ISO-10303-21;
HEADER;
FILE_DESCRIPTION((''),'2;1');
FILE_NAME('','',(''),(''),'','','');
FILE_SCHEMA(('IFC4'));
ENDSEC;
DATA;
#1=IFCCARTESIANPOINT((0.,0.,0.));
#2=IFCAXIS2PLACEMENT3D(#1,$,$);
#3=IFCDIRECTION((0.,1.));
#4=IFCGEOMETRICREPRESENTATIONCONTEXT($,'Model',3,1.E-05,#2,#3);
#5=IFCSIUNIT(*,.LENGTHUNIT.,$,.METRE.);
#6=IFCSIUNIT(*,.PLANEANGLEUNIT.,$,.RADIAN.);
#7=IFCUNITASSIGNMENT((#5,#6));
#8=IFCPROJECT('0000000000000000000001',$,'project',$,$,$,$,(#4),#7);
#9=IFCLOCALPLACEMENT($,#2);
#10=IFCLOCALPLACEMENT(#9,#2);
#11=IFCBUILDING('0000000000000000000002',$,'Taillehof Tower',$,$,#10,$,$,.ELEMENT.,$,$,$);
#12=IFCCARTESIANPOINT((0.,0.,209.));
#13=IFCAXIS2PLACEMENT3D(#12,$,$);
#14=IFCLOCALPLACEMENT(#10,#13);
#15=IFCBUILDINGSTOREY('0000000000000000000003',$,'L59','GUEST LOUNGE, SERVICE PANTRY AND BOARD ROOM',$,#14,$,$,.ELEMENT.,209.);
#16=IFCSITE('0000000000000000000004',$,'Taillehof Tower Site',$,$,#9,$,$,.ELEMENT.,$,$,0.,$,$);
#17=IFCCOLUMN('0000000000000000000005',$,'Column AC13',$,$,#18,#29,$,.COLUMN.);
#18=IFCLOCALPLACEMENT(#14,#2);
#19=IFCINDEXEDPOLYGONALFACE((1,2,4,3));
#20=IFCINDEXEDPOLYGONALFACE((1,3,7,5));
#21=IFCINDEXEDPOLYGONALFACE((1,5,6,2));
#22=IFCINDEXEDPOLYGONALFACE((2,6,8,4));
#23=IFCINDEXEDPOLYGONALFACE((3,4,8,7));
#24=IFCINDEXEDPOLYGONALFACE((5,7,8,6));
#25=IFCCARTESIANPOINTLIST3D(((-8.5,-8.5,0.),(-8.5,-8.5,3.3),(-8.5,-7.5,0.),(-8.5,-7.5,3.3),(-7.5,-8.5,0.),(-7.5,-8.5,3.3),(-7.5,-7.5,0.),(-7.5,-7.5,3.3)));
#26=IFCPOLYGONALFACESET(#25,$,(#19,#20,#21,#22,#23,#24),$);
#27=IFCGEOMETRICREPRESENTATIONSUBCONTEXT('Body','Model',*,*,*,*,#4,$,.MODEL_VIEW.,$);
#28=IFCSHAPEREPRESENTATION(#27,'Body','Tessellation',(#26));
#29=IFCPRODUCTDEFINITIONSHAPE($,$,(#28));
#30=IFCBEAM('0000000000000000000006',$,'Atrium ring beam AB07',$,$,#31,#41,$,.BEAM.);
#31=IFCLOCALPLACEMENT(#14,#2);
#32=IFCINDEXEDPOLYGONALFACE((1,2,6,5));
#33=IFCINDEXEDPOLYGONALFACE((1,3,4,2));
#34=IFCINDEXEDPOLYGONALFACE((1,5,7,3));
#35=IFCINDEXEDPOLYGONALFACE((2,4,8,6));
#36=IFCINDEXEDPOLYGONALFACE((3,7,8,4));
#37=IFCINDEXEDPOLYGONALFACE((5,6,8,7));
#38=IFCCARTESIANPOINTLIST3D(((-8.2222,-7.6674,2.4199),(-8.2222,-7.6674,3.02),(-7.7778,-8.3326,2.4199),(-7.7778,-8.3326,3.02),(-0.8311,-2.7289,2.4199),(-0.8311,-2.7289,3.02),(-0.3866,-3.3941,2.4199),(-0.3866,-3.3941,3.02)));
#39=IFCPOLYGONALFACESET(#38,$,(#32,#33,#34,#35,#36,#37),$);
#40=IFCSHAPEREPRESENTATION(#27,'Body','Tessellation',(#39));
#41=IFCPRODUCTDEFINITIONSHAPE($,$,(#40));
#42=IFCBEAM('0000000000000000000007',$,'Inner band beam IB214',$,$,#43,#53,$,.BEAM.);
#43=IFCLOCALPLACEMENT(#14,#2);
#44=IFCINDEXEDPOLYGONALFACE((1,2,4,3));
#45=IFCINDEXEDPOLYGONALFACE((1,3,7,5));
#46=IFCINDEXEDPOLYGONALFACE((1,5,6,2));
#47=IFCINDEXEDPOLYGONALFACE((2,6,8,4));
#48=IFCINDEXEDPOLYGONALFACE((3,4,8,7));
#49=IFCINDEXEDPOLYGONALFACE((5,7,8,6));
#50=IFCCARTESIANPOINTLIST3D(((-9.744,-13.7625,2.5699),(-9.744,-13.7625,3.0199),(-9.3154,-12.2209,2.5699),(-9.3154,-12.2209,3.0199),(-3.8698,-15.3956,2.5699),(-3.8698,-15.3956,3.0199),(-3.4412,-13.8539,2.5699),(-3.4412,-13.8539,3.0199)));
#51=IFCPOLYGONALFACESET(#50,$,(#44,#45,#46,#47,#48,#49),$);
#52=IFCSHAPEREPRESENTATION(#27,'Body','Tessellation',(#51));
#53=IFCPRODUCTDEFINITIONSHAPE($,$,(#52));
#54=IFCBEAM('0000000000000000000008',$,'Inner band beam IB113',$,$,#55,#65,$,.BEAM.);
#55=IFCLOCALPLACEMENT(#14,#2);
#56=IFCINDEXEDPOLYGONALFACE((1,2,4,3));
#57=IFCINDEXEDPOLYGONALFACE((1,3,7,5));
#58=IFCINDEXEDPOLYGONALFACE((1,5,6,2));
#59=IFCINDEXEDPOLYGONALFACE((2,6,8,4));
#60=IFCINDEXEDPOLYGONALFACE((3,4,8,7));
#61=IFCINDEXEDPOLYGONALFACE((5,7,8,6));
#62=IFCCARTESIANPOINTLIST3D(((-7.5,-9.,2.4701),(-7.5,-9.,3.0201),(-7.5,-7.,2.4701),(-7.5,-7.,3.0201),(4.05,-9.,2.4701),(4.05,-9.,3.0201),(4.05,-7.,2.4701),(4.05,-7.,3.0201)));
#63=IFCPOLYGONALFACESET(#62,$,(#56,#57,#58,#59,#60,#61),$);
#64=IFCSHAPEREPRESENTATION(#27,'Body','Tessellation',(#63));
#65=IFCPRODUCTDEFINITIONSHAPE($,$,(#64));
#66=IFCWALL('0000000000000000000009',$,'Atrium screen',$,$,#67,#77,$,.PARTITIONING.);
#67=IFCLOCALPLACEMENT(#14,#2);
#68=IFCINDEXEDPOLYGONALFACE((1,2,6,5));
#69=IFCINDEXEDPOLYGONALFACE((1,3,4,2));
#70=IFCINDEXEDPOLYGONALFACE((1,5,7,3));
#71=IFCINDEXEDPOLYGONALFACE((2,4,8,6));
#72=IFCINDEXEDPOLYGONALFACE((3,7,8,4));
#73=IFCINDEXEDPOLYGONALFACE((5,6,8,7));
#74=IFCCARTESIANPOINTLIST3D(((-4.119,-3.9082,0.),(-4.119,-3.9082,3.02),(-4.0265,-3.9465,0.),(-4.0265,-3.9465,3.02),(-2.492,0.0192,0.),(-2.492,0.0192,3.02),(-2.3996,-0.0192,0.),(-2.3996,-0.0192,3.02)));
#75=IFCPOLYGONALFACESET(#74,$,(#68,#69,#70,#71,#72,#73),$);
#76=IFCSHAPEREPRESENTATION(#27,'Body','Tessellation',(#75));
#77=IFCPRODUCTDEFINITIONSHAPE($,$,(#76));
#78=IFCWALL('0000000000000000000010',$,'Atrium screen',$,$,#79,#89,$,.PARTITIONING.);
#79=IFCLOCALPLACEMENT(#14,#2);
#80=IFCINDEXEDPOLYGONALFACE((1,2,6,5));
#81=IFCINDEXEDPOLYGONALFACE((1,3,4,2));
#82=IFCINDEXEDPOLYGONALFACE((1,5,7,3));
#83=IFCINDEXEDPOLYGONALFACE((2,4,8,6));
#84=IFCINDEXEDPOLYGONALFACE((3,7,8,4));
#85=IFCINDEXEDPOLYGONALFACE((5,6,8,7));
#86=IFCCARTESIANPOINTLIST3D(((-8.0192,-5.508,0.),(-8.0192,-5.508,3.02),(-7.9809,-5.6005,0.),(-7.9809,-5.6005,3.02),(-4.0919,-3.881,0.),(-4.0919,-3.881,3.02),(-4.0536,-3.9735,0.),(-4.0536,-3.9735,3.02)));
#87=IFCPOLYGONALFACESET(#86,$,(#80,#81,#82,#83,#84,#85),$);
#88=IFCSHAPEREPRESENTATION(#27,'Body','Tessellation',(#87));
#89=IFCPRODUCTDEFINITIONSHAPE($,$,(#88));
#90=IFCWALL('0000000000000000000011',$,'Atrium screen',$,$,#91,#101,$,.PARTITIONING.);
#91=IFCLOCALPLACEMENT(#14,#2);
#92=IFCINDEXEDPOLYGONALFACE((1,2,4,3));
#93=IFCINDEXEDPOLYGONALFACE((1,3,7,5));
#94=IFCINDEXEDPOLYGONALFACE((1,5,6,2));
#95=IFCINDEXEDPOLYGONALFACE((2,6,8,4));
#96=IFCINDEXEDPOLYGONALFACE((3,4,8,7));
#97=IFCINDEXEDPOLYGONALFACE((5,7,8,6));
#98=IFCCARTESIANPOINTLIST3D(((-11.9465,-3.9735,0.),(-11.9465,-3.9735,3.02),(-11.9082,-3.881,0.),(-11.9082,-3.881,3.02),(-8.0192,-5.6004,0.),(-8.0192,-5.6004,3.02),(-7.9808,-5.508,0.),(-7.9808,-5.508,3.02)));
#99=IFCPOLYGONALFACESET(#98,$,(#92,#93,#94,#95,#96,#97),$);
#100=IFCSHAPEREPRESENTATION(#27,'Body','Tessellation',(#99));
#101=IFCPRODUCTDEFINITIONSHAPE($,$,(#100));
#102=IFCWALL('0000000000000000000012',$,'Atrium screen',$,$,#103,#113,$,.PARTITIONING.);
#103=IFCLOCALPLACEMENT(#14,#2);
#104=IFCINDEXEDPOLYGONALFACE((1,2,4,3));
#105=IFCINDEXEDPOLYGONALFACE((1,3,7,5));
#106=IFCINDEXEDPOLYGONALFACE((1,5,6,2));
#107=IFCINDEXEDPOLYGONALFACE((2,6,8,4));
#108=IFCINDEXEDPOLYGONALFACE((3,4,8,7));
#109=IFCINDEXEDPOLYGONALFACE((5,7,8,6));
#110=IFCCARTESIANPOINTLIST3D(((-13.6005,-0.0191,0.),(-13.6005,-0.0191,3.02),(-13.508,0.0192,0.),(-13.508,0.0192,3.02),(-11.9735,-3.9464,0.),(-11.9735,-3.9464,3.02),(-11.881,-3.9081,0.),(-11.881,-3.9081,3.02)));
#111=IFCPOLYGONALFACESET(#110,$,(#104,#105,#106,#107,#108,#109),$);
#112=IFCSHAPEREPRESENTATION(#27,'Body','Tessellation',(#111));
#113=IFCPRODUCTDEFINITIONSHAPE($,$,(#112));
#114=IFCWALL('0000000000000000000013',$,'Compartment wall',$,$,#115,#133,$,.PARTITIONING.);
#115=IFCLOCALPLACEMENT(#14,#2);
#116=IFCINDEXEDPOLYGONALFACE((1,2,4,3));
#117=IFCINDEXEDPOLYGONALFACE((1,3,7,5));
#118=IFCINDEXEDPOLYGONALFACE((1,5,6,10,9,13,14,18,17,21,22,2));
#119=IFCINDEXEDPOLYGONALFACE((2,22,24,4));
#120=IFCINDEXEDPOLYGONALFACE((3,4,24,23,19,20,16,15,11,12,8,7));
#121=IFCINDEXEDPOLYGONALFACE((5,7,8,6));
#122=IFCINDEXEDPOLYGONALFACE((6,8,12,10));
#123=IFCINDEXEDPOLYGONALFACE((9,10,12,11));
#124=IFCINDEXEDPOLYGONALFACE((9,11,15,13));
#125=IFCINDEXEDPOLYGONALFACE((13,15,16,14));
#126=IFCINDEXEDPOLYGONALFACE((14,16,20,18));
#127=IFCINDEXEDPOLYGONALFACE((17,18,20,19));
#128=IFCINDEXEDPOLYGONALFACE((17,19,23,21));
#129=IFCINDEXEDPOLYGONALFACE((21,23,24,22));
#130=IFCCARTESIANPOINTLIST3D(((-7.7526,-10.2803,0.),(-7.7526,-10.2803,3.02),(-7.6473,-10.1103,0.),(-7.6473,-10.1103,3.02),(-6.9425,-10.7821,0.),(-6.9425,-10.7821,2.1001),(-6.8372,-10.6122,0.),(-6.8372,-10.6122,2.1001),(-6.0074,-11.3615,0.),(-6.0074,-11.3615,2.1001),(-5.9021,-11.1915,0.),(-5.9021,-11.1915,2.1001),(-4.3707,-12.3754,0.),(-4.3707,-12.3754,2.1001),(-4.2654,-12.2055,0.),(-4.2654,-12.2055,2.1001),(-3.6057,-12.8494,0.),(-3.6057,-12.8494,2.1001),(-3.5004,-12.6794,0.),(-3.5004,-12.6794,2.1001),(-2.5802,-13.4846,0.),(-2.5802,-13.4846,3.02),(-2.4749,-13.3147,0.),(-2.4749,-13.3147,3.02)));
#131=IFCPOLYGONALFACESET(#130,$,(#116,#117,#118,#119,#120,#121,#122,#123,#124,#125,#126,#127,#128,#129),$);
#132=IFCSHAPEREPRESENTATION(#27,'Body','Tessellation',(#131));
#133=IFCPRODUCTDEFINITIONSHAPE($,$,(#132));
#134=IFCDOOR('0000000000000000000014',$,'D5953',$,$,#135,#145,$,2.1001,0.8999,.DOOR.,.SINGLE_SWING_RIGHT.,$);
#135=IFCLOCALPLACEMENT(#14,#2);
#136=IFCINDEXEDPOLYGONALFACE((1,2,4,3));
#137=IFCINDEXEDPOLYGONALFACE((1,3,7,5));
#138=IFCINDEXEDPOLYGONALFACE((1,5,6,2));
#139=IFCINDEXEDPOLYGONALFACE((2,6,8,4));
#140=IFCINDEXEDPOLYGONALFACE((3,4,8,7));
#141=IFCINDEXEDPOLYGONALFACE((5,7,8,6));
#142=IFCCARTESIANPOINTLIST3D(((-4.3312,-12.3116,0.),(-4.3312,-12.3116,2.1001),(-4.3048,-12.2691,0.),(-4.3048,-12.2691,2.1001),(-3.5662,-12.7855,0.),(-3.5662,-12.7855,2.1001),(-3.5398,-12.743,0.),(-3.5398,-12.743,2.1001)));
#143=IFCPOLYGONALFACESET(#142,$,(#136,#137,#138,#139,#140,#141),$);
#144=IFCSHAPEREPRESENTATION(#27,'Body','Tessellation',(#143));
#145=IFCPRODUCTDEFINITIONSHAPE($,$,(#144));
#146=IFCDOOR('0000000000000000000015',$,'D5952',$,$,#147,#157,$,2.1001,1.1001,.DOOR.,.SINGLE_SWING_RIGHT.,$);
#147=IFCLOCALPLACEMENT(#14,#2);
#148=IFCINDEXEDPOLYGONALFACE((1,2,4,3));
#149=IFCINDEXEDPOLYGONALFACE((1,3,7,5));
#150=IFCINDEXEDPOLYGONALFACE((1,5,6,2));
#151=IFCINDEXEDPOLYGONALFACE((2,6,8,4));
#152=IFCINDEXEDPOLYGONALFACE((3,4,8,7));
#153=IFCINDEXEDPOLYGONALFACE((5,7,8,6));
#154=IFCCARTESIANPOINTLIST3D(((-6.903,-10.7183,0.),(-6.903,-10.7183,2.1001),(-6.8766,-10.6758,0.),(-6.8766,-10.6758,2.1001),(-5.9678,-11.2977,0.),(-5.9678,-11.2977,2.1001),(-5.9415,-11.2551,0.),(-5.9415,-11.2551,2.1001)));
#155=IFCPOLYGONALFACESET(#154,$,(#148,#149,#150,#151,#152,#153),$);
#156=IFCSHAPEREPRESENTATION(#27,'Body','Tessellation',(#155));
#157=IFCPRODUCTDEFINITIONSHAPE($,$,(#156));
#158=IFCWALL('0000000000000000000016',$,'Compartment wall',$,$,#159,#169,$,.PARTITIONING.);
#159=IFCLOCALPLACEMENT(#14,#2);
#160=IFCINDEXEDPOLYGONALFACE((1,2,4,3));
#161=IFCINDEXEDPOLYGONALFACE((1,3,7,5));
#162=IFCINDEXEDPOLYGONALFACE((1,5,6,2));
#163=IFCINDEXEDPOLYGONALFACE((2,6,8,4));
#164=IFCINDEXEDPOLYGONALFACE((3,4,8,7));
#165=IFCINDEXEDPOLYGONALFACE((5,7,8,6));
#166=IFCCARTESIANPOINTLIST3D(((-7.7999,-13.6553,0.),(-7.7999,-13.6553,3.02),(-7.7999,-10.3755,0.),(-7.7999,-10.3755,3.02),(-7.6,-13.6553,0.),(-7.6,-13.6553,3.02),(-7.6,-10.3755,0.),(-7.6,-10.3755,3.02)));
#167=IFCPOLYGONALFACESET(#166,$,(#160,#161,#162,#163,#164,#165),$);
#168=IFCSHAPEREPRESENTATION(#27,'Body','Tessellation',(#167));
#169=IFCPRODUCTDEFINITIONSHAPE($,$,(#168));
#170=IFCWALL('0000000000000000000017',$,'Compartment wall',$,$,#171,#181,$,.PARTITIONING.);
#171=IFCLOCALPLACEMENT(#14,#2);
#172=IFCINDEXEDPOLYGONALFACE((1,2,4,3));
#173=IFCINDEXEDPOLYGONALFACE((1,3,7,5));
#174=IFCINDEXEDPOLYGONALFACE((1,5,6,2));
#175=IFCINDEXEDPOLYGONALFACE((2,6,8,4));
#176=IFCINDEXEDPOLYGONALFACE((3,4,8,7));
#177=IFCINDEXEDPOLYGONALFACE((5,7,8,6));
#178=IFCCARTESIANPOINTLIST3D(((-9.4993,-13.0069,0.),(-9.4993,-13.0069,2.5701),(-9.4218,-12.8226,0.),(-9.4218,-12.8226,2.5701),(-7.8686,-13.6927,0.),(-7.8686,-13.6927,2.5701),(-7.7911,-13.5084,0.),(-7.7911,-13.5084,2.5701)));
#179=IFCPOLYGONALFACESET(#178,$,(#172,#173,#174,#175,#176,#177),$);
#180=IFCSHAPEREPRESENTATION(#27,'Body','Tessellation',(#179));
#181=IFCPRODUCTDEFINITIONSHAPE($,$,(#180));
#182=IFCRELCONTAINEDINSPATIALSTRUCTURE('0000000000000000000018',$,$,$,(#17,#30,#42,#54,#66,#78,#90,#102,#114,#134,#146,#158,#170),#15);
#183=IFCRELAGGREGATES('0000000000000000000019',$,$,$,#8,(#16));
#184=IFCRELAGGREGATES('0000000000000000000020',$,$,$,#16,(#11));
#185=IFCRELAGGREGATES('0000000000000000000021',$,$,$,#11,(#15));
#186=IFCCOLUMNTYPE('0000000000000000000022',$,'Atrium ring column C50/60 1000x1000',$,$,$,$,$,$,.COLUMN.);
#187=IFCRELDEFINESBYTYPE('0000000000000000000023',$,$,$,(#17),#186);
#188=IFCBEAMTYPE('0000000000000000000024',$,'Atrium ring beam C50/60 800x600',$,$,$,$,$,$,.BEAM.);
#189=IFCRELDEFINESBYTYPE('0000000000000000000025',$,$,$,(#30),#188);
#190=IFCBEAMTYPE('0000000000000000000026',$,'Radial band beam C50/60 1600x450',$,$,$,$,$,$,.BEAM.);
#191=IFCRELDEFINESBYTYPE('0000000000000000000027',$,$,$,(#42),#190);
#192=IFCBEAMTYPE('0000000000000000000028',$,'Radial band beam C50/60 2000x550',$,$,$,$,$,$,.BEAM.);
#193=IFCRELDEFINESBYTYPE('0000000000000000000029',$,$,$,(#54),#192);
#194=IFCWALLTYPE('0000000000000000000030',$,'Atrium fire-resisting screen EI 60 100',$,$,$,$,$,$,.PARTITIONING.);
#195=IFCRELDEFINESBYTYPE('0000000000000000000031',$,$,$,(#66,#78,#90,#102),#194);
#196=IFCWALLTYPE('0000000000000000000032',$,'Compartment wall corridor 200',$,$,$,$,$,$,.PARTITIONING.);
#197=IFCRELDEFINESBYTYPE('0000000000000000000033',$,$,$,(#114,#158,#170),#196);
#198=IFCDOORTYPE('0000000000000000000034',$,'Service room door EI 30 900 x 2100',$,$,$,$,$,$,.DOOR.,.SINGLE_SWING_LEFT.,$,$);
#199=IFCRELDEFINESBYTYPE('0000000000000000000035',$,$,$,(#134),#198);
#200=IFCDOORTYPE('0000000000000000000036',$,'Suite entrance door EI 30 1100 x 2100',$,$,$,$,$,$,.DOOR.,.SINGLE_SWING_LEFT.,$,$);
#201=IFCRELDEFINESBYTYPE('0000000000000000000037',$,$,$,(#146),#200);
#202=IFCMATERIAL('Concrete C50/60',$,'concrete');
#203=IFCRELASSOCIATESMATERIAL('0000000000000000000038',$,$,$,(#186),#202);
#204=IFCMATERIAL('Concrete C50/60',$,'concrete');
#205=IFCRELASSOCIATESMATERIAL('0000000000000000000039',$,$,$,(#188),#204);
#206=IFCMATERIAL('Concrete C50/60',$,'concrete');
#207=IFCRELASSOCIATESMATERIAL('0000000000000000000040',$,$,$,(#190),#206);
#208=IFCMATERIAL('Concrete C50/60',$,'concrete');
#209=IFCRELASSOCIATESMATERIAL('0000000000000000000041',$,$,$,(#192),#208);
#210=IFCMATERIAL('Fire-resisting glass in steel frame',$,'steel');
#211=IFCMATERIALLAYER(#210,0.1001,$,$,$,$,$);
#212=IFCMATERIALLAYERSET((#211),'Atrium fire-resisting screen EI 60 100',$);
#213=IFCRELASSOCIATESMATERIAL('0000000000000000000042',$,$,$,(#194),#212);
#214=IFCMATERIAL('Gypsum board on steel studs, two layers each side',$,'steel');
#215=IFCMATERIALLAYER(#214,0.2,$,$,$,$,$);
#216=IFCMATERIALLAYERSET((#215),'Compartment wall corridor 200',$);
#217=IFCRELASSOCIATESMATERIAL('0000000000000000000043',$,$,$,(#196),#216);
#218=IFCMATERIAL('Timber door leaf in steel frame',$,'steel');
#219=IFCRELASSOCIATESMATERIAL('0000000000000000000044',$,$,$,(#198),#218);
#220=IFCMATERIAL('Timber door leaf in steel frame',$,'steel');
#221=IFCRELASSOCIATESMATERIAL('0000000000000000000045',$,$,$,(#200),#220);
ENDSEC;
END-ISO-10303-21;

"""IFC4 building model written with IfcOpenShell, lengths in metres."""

from ifc_helpers import new_model, si_unit, direction, frame, frame_2d, origin, origin_2d, place, context, subcontext, project, spatial, rectangle, extrude, material, layer, layer_set, material_profile, profile_set, type_object, element, fill, save


model = new_model("IFC4")

# Units and contexts
model_context = context("Model", 3, precision=1e-05, world=origin(), true_north=direction((0.0, 1.0)))
body_context = subcontext(model_context, "Body", "Model", "MODEL_VIEW")
ifc_project = project(units=[si_unit("LENGTHUNIT", "METRE"), si_unit("PLANEANGLEUNIT", "RADIAN")], contexts=[model_context])

# Site, building, storey
site_placement = place(None, origin())
site = spatial("IfcSite", under=ifc_project, at=site_placement, Name="Taillehof Tower Site", CompositionType="ELEMENT", RefElevation=0.0)
building_placement = place(site_placement, origin())
building = spatial("IfcBuilding", under=site, at=building_placement, Name="Taillehof Tower", CompositionType="ELEMENT")
storey_placement = place(building_placement, frame((0.0, 0.0, 209.0)))
storey = spatial("IfcBuildingStorey", under=building, at=storey_placement, Name="L59", Description="GUEST LOUNGE, SERVICE PANTRY AND BOARD ROOM", CompositionType="ELEMENT", Elevation=209.0)

# Column
ifc_material_1 = material(Name="Concrete C50/60", Category="concrete")
ifc_material_profile_1 = material_profile(ifc_material_1, rectangle(XDim=1.0, YDim=1.0, at=origin_2d()), Name="RC 1000x1000")
ifc_profile_set_1 = profile_set([ifc_material_profile_1], Name="Concrete C50/60")
column_type = type_object("IfcColumnType", Name="Atrium ring column C50/60 1000x1000", PredefinedType="COLUMN", material=ifc_profile_set_1)
column_placement = place(storey_placement, frame((-8.0, -8.0, 0.0), z_axis=(0.0, 0.0, 1.0), x_axis=(1.0, 0.0, 0.0)))
element("IfcColumn", 1, at=column_placement, inside=storey, type_object=column_type, Name="Column AC13", PredefinedType="COLUMN", context=body_context, shape_type="SweptSolid", body=[
    extrude(rectangle(XDim=1.0, YDim=1.0, at=origin_2d()), origin(), (0.0, 0.0, 1.0), 3.3),
])

# Beams
ifc_material_2 = material(Name="Concrete C50/60", Category="concrete")
ifc_material_profile_2 = material_profile(ifc_material_2, rectangle(XDim=0.8, YDim=0.6001, at=origin_2d()), Name="RC 800x600")
ifc_profile_set_2 = profile_set([ifc_material_profile_2], Name="Concrete C50/60")
beam_type_1 = type_object("IfcBeamType", Name="Atrium ring beam C50/60 800x600", PredefinedType="BEAM", material=ifc_profile_set_2)
beam_1_placement = place(storey_placement, frame((-8.0, -8.0, 2.72), z_axis=(0.831475, 0.555562, 0.0), x_axis=(-0.555562, 0.831475, 0.0)))
element("IfcBeam", 2, at=beam_1_placement, inside=storey, type_object=beam_type_1, Name="Atrium ring beam AB07", PredefinedType="BEAM", context=body_context, shape_type="SweptSolid", body=[
    extrude(rectangle(XDim=0.8, YDim=0.6001, at=origin_2d()), origin(), (0.0, 0.0, 1.0), 8.8892),
])
ifc_material_3 = material(Name="Concrete C50/60", Category="concrete")
ifc_material_profile_3 = material_profile(ifc_material_3, rectangle(XDim=1.6001, YDim=0.45, at=origin_2d()), Name="RC 1600x450")
ifc_profile_set_3 = profile_set([ifc_material_profile_3], Name="Concrete C50/60")
beam_type_2 = type_object("IfcBeamType", Name="Radial band beam C50/60 1600x450", PredefinedType="BEAM", material=ifc_profile_set_3)
beam_2_placement = place(storey_placement, frame((-3.6555, -14.6248, 2.7949), z_axis=(-0.963459, 0.267855, 0.0), x_axis=(-0.267855, -0.963459, 0.0)))
element("IfcBeam", 3, at=beam_2_placement, inside=storey, type_object=beam_type_2, Name="Inner band beam IB214", PredefinedType="BEAM", context=body_context, shape_type="SweptSolid", body=[
    extrude(rectangle(XDim=1.6001, YDim=0.45, at=origin_2d()), origin(), (0.0, 0.0, 1.0), 6.0969),
])
ifc_material_4 = material(Name="Concrete C50/60", Category="concrete")
ifc_material_profile_4 = material_profile(ifc_material_4, rectangle(XDim=2.0, YDim=0.55, at=origin_2d()), Name="RC 2000x550")
ifc_profile_set_4 = profile_set([ifc_material_profile_4], Name="Concrete C50/60")
beam_type_3 = type_object("IfcBeamType", Name="Radial band beam C50/60 2000x550", PredefinedType="BEAM", material=ifc_profile_set_4)
beam_3_placement = place(storey_placement, frame((-7.5, -8.0, 2.7451), z_axis=(1.0, 0.0, 0.0), x_axis=(0.0, 1.0, 0.0)))
element("IfcBeam", 4, at=beam_3_placement, inside=storey, type_object=beam_type_3, Name="Inner band beam IB113", PredefinedType="BEAM", context=body_context, shape_type="SweptSolid", body=[
    extrude(rectangle(XDim=2.0, YDim=0.55, at=origin_2d()), origin(), (0.0, 0.0, 1.0), 11.55),
])

# Walls
ifc_material_5 = material(Name="Fire-resisting glass in steel frame", Category="steel")
ifc_layer_1 = layer(ifc_material_5, 0.1001)
ifc_layer_set_1 = layer_set([ifc_layer_1], Name="Atrium fire-resisting screen EI 60 100")
wall_type_1 = type_object("IfcWallType", Name="Atrium fire-resisting screen EI 60 100", PredefinedType="PARTITIONING", material=ifc_layer_set_1)
for number, where, z_axis, x_axis, name in (
    (5, (-2.4458, 0.0, 0.0), (0.0, 0.0, 1.0), (-0.382731, -0.92386, 0.0), "Atrium screen"),
    (6, (-4.0728, -3.9272, 0.0), (0.0, 0.0, 1.0), (-0.92386, -0.382731, 0.0), "Atrium screen"),
    (7, (-8.0, -5.5542, 0.0), (0.0, 0.0, 1.0), (-0.92386, 0.382731, 0.0), "Atrium screen"),
    (8, (-11.9272, -3.9272, 0.0), (0.0, 0.0, 1.0), (-0.382731, 0.92386, 0.0), "Atrium screen"),
):
    element("IfcWall", number, at=place(storey_placement, frame(where, z_axis=z_axis, x_axis=x_axis)), inside=storey, type_object=wall_type_1, Name=name, PredefinedType="PARTITIONING", context=body_context, shape_type="SweptSolid", body=[
        extrude(rectangle(XDim=4.251, YDim=0.1001, at=frame_2d((2.1255, 0.0))), origin(), (0.0, 0.0, 1.0), 3.02),
    ])

# Wall, openings, doors
ifc_material_6 = material(Name="Gypsum board on steel studs, two layers each side", Category="steel")
ifc_layer_2 = layer(ifc_material_6, 0.2)
ifc_layer_set_2 = layer_set([ifc_layer_2], Name="Compartment wall corridor 200")
wall_type_2 = type_object("IfcWallType", Name="Compartment wall corridor 200", PredefinedType="PARTITIONING", material=ifc_layer_set_2)
wall_1_placement = place(storey_placement, frame((-2.5276, -13.3997, 0.0), z_axis=(0.0, 0.0, 1.0), x_axis=(-0.850088, 0.526641, 0.0)))
wall_1 = element("IfcWall", 9, at=wall_1_placement, inside=storey, type_object=wall_type_2, Name="Compartment wall", PredefinedType="PARTITIONING", context=body_context, shape_type="SweptSolid", body=[
    extrude(rectangle(XDim=6.0845, YDim=0.2, at=frame_2d((3.0422, 0.0))), origin(), (0.0, 0.0, 1.0), 3.02),
])
opening_1_placement = place(wall_1_placement, frame((4.0315, 0.0, 0.0)))
opening_1 = element("IfcOpeningElement", 10, at=opening_1_placement, cuts=wall_1, PredefinedType="OPENING", context=body_context, shape_type="SweptSolid", body=[
    extrude(rectangle(XDim=1.1001, YDim=2.1001, at=frame_2d((0.55, 1.05))), frame((0.0, 0.1099, 0.0), z_axis=(0.0, -1.0, 0.0), x_axis=(1.0, 0.0, 0.0)), (0.0, 0.0, 1.0), 0.22),
])
opening_2_placement = place(wall_1_placement, frame((1.2063, 0.0, 0.0)))
opening_2 = element("IfcOpeningElement", 11, at=opening_2_placement, cuts=wall_1, PredefinedType="OPENING", context=body_context, shape_type="SweptSolid", body=[
    extrude(rectangle(XDim=0.8999, YDim=2.1001, at=frame_2d((0.45, 1.05))), frame((0.0, 0.1099, 0.0), z_axis=(0.0, -1.0, 0.0), x_axis=(1.0, 0.0, 0.0)), (0.0, 0.0, 1.0), 0.22),
])
ifc_material_7 = material(Name="Timber door leaf in steel frame", Category="steel")
door_type_1 = type_object("IfcDoorType", Name="Service room door EI 30 900 x 2100", OperationType="SINGLE_SWING_LEFT", PredefinedType="DOOR", material=ifc_material_7)
door_1_placement = place(opening_2_placement, origin())
door_1 = element("IfcDoor", 12, at=door_1_placement, inside=storey, type_object=door_type_1, Name="D5953", OperationType="SINGLE_SWING_RIGHT", OverallHeight=2.1001, OverallWidth=0.8999, PredefinedType="DOOR", context=body_context, shape_type="SweptSolid", body=[
    extrude(rectangle(XDim=0.8999, YDim=2.1001, at=frame_2d((0.45, 1.05))), frame((0.0, 0.0249, 0.0), z_axis=(0.0, -1.0, 0.0), x_axis=(1.0, 0.0, 0.0)), (0.0, 0.0, 1.0), 0.05),
])
fill(opening_2, door_1)
ifc_material_8 = material(Name="Timber door leaf in steel frame", Category="steel")
door_type_2 = type_object("IfcDoorType", Name="Suite entrance door EI 30 1100 x 2100", OperationType="SINGLE_SWING_LEFT", PredefinedType="DOOR", material=ifc_material_8)
door_2_placement = place(opening_1_placement, origin())
door_2 = element("IfcDoor", 13, at=door_2_placement, inside=storey, type_object=door_type_2, Name="D5952", OperationType="SINGLE_SWING_RIGHT", OverallHeight=2.1001, OverallWidth=1.1001, PredefinedType="DOOR", context=body_context, shape_type="SweptSolid", body=[
    extrude(rectangle(XDim=1.1001, YDim=2.1001, at=frame_2d((0.55, 1.05))), frame((0.0, 0.0249, 0.0), z_axis=(0.0, -1.0, 0.0), x_axis=(1.0, 0.0, 0.0)), (0.0, 0.0, 1.0), 0.05),
])
fill(opening_1, door_2)

# Walls
wall_2_placement = place(storey_placement, frame((-7.7, -10.3755, 0.0), z_axis=(0.0, 0.0, 1.0), x_axis=(0.0, -1.0, 0.0)))
element("IfcWall", 14, at=wall_2_placement, inside=storey, type_object=wall_type_2, Name="Compartment wall", PredefinedType="PARTITIONING", context=body_context, shape_type="SweptSolid", body=[
    extrude(rectangle(XDim=3.2798, YDim=0.2, at=frame_2d((1.6399, 0.0))), origin(), (0.0, 0.0, 1.0), 3.02),
])
wall_3_placement = place(storey_placement, frame((-7.8298, -13.6006, 0.0), z_axis=(0.0, 0.0, 1.0), x_axis=(-0.921794, 0.387681, 0.0)))
element("IfcWall", 15, at=wall_3_placement, inside=storey, type_object=wall_type_2, Name="Compartment wall", PredefinedType="PARTITIONING", context=body_context, shape_type="SweptSolid", body=[
    extrude(rectangle(XDim=1.769, YDim=0.2, at=frame_2d((0.8845, 0.0))), origin(), (0.0, 0.0, 1.0), 2.5701),
])

save(model, "model.ifc")
